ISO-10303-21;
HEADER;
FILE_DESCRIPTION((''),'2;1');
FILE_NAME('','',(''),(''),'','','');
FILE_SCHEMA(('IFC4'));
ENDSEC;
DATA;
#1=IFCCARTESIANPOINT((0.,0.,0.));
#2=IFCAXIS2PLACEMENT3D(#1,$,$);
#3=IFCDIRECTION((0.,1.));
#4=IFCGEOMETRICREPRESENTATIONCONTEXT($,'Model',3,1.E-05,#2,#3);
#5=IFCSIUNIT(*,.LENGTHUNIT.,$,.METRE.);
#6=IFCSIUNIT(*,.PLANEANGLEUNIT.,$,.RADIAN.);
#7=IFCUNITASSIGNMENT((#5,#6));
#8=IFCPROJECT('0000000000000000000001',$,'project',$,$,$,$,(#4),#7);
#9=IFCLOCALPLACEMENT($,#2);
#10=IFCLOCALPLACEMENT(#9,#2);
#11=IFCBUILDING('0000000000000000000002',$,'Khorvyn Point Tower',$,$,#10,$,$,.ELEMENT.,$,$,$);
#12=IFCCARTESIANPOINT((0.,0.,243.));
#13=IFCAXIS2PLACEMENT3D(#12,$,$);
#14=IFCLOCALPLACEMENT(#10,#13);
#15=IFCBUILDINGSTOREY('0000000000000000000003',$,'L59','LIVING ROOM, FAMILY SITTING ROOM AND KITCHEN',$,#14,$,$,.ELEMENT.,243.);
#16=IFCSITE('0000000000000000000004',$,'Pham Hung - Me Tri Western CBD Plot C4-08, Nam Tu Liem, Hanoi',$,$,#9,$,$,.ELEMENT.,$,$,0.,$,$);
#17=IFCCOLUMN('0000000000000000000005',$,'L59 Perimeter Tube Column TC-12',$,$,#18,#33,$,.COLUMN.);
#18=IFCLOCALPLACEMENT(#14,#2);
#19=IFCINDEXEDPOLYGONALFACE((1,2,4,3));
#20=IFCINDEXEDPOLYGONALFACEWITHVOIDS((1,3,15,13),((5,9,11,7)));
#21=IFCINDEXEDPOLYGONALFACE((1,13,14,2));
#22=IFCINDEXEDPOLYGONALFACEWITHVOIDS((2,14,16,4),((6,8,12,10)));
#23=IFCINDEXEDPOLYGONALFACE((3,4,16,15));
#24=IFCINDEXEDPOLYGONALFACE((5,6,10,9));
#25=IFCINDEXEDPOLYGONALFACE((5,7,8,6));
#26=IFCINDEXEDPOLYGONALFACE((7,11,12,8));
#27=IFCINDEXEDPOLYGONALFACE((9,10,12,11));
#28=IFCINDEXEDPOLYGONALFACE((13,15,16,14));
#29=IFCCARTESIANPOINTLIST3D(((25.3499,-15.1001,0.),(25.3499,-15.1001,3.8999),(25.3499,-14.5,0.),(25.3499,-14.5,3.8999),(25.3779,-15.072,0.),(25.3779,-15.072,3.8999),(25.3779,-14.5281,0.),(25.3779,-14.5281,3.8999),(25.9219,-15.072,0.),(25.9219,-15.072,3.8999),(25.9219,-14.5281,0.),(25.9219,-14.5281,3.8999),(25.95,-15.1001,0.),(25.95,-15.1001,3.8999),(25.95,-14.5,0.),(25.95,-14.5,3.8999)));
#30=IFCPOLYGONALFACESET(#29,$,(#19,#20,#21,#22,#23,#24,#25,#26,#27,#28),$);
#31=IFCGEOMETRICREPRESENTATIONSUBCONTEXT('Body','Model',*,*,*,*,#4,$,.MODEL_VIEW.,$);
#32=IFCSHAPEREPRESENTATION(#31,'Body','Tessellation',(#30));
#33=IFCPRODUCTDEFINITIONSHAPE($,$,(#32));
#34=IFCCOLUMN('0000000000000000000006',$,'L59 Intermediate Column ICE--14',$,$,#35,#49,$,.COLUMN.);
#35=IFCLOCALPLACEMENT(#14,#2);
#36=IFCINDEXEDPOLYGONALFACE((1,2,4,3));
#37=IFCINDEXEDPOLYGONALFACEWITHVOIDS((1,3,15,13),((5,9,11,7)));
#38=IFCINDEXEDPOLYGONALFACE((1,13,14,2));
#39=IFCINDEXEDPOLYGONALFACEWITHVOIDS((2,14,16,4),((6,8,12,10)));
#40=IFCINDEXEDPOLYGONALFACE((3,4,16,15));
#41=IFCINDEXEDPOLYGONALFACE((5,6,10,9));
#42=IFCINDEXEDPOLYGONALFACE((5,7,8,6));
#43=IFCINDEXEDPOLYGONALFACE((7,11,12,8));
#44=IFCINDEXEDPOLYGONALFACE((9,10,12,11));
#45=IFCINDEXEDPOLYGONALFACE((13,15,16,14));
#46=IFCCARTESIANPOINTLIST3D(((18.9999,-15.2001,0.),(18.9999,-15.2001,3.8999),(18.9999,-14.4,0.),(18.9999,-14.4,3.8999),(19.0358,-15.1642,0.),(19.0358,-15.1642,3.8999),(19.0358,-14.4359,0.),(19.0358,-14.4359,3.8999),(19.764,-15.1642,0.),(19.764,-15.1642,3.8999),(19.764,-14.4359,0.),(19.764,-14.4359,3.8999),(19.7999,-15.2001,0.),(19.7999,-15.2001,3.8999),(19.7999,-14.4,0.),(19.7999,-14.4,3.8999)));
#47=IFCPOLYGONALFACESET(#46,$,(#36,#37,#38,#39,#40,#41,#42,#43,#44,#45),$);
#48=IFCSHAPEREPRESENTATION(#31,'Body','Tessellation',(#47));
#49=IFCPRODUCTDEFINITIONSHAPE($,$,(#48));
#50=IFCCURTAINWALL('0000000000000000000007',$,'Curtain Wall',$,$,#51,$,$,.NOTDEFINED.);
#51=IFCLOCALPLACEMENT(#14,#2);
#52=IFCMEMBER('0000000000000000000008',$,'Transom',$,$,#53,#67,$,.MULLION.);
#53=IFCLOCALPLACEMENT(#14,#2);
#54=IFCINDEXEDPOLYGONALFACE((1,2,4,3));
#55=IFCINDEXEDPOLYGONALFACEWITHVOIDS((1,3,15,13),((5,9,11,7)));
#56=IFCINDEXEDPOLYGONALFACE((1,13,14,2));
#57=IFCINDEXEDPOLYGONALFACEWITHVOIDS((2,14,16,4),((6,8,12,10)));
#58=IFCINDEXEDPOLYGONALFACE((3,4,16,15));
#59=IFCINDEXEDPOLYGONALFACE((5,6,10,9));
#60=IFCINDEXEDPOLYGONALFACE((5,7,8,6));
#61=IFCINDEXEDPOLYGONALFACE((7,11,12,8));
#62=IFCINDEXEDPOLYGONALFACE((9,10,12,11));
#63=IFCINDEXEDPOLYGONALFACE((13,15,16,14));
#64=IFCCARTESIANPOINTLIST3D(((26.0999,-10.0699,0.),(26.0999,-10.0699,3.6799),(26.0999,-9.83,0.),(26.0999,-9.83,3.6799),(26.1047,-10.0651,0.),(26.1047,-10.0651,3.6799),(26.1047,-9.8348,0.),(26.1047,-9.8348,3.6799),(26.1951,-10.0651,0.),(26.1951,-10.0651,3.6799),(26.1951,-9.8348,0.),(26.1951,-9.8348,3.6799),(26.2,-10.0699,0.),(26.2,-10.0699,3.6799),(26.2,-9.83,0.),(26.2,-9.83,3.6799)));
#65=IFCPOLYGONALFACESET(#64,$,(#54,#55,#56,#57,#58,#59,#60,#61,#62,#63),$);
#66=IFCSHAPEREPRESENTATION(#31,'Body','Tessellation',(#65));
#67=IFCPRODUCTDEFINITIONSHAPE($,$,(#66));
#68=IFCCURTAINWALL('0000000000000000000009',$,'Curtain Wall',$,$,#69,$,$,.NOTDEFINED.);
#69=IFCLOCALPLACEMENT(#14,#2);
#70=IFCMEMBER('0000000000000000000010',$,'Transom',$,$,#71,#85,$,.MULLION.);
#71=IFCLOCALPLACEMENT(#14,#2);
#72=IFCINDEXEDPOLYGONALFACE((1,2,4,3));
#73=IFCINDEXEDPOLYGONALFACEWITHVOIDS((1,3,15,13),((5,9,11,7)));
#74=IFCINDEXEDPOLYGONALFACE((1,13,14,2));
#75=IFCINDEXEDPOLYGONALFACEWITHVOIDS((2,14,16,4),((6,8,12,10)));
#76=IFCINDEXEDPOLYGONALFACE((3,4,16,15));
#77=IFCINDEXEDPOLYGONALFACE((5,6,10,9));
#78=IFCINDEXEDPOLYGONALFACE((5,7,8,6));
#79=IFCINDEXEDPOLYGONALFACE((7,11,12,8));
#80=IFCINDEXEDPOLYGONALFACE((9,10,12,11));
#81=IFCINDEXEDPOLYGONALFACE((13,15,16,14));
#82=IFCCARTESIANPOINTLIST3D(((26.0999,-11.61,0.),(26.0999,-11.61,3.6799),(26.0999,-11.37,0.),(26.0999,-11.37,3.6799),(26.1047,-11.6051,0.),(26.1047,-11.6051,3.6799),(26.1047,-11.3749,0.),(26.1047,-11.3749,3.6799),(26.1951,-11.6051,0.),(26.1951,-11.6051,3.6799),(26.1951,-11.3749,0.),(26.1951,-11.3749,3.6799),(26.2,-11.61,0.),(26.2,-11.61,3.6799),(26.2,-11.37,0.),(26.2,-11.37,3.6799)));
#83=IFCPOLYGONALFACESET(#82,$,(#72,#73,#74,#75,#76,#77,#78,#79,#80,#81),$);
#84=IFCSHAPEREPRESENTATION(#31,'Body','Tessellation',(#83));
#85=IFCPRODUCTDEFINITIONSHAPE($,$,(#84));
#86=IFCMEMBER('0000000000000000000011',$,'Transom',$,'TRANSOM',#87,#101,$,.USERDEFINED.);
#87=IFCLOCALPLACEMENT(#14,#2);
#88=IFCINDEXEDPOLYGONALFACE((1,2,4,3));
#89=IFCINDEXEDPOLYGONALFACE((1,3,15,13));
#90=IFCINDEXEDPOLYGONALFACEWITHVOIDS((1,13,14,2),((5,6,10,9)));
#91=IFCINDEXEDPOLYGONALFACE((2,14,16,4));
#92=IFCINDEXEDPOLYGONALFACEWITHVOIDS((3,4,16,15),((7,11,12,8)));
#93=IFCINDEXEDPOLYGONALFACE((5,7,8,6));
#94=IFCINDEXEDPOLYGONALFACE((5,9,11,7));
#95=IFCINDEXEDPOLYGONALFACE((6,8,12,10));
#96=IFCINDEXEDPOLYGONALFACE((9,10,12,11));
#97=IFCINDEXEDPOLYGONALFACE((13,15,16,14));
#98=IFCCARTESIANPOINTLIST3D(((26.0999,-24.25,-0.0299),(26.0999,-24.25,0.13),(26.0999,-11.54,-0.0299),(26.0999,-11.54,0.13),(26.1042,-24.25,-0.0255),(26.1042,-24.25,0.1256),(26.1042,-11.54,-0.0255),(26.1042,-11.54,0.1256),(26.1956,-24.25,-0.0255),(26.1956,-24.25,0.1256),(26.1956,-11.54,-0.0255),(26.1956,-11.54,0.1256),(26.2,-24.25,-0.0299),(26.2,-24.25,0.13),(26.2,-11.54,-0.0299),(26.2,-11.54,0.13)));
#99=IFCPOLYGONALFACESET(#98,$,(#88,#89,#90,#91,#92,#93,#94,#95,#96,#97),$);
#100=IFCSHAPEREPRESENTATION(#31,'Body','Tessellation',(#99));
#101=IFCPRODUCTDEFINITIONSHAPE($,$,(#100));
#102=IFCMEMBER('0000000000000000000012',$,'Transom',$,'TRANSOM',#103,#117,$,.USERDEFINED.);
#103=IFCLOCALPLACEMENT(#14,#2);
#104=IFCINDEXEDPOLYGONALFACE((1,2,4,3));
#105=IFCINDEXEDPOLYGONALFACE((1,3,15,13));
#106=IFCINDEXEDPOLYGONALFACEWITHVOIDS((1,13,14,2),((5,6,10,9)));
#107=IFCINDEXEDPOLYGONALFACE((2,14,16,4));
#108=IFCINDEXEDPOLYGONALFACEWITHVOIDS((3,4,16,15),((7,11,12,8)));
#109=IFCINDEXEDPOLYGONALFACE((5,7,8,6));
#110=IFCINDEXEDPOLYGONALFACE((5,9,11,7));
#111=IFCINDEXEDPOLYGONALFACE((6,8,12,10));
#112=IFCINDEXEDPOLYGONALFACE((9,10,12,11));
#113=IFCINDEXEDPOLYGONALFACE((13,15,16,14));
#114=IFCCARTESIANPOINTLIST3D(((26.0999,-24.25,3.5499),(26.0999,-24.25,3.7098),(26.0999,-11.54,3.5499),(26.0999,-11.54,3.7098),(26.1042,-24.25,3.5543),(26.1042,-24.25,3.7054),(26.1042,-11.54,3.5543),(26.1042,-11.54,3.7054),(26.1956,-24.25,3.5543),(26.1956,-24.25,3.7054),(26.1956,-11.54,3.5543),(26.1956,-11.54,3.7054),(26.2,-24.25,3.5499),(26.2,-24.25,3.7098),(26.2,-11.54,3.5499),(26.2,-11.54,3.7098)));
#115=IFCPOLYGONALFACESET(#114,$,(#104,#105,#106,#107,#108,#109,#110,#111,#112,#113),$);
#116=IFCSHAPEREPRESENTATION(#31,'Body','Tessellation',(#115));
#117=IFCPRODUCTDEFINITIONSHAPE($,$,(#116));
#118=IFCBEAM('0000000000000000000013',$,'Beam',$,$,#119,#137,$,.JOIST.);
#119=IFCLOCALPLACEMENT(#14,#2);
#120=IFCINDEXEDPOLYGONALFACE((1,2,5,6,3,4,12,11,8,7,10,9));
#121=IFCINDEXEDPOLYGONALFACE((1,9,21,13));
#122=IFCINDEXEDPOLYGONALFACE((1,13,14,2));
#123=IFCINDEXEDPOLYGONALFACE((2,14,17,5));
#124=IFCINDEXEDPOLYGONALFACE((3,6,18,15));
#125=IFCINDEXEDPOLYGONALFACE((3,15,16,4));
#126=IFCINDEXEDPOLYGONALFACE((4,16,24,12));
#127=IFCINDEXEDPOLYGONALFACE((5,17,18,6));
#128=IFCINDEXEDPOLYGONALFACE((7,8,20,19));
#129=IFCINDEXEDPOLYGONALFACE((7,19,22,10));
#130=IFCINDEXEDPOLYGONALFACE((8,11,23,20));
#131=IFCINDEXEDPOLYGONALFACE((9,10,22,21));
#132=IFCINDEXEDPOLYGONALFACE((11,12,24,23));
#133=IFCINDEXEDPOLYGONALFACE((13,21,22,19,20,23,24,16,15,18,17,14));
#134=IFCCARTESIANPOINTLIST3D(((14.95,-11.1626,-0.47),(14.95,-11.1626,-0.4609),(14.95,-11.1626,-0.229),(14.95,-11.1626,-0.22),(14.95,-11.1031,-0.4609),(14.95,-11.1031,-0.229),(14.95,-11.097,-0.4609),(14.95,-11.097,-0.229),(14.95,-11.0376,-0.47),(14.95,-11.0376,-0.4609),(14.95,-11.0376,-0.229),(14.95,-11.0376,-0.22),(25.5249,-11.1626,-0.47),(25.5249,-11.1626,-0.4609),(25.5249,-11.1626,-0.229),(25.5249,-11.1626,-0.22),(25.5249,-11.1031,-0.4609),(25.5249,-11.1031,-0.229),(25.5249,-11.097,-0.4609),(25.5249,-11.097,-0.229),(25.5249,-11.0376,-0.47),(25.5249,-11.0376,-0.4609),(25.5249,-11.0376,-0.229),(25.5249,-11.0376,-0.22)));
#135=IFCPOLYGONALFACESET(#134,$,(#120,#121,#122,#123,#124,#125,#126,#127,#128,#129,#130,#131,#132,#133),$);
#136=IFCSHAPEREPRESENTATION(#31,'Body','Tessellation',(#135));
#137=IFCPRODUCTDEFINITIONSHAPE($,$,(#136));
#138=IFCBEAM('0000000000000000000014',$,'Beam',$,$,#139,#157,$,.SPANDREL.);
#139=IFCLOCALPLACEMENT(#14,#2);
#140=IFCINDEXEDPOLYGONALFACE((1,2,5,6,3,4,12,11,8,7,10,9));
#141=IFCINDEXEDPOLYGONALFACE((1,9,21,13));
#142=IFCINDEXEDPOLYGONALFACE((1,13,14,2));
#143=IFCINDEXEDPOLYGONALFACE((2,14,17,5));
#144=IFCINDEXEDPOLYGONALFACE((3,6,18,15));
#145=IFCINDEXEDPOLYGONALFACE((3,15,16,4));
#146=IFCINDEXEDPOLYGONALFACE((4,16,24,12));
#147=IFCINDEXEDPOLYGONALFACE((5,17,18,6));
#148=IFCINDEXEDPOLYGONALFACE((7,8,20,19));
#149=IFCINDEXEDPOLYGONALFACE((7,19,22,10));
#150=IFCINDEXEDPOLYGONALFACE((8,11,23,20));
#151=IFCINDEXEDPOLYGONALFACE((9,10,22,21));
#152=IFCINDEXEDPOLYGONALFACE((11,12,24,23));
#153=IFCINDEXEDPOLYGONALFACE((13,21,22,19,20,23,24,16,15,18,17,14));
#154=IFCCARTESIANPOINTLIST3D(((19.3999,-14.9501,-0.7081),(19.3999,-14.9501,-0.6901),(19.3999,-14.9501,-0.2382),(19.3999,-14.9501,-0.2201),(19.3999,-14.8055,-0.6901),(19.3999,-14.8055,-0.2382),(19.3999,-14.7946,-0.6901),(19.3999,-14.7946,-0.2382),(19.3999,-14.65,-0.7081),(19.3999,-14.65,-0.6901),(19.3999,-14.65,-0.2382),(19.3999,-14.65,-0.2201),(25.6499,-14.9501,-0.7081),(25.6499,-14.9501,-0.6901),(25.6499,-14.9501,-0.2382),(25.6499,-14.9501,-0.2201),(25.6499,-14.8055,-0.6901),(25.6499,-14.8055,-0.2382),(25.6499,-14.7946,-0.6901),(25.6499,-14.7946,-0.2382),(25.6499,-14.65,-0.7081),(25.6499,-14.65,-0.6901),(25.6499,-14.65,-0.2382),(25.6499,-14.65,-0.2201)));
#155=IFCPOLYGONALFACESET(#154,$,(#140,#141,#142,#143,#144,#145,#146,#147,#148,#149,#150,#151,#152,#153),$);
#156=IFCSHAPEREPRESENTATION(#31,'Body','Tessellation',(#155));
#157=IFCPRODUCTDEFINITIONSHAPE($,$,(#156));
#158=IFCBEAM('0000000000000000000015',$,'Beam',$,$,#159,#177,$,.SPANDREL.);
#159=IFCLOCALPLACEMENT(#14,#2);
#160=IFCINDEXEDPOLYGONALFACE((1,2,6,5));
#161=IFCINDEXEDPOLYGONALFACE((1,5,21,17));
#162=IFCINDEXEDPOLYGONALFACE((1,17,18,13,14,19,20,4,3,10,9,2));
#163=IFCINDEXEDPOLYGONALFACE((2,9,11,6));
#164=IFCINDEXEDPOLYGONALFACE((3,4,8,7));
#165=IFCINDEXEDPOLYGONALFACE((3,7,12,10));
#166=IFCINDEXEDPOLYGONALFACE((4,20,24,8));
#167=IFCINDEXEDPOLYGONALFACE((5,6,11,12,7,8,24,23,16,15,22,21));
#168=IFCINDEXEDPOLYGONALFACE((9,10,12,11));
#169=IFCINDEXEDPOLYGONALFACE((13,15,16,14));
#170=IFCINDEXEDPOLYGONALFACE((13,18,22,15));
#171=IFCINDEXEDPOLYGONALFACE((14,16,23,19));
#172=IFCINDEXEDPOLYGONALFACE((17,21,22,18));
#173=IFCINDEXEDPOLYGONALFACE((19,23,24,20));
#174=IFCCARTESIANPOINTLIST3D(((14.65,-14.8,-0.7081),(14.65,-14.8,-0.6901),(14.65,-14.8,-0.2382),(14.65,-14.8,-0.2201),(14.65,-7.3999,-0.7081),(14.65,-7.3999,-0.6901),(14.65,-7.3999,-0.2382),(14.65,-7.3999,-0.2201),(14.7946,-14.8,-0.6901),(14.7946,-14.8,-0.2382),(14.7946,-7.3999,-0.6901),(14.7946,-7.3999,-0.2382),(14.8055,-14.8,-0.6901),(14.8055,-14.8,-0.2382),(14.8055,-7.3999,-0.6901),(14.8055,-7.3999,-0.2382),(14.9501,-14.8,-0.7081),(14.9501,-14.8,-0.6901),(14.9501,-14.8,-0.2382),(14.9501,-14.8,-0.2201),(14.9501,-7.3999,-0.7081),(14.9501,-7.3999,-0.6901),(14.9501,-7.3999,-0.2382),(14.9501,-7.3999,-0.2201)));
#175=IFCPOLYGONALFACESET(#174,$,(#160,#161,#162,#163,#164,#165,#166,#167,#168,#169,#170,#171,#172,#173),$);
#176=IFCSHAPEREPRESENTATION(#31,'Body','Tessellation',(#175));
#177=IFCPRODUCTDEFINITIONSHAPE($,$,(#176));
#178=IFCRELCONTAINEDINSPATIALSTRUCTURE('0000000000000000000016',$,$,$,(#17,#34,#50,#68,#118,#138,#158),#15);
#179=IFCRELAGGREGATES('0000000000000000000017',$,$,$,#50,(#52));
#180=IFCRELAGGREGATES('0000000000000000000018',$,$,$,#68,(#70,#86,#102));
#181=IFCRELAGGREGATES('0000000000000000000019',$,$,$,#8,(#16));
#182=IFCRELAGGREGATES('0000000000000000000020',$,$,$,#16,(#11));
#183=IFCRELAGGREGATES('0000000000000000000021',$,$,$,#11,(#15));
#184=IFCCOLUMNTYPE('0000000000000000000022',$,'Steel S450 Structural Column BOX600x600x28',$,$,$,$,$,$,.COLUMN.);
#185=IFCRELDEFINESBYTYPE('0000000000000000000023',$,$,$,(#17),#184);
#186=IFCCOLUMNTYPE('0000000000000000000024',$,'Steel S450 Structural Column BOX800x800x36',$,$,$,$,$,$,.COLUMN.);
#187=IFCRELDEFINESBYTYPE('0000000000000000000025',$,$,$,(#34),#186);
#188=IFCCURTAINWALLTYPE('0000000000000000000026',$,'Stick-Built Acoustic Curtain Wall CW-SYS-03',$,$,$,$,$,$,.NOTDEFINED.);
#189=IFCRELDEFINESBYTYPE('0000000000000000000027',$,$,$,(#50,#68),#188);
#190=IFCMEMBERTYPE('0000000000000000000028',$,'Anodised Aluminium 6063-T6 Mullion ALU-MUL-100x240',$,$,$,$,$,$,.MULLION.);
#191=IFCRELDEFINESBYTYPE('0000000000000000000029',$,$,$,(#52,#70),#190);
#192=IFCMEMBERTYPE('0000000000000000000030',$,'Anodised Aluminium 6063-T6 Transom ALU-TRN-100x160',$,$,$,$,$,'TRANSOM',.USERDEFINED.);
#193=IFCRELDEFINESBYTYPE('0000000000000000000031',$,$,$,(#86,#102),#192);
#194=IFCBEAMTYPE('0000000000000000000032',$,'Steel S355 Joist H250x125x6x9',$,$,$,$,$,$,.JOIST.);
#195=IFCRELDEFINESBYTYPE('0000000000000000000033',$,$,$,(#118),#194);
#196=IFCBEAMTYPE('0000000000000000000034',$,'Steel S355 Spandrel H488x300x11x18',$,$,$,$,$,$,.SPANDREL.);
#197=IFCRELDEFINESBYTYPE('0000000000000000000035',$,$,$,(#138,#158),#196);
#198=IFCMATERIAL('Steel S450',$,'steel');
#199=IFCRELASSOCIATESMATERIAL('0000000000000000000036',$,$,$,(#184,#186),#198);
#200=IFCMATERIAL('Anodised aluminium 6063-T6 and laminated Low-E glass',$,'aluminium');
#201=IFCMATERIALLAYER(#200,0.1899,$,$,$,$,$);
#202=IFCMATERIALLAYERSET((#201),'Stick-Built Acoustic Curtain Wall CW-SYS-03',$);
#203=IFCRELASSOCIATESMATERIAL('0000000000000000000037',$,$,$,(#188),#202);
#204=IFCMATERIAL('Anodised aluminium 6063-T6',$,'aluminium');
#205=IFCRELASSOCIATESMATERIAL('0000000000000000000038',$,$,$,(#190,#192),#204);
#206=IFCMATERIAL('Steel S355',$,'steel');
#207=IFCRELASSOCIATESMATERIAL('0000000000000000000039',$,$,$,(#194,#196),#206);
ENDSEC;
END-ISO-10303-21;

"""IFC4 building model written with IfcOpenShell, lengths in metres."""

from ifc_helpers import new_model, si_unit, direction, frame, origin, origin_2d, place, context, subcontext, project, spatial, hollow_rectangle, i_section, extrude, material, layer, layer_set, material_profile, profile_set, type_object, element, aggregate, save


model = new_model("IFC4")

# Units and contexts
model_context = context("Model", 3, precision=1e-05, world=origin(), true_north=direction((0.0, 1.0)))
body_context = subcontext(model_context, "Body", "Model", "MODEL_VIEW")
ifc_project = project(units=[si_unit("LENGTHUNIT", "METRE"), si_unit("PLANEANGLEUNIT", "RADIAN")], contexts=[model_context])

# Site, building, storey
site_placement = place(None, origin())
site = spatial("IfcSite", under=ifc_project, at=site_placement, Name="Pham Hung - Me Tri Western CBD Plot C4-08, Nam Tu Liem, Hanoi", CompositionType="ELEMENT", RefElevation=0.0)
building_placement = place(site_placement, origin())
building = spatial("IfcBuilding", under=site, at=building_placement, Name="Khorvyn Point Tower", CompositionType="ELEMENT")
storey_placement = place(building_placement, frame((0.0, 0.0, 243.0)))
storey = spatial("IfcBuildingStorey", under=building, at=storey_placement, Name="L59", Description="LIVING ROOM, FAMILY SITTING ROOM AND KITCHEN", CompositionType="ELEMENT", Elevation=243.0)

# Columns
ifc_material_1 = material(Name="Steel S450", Category="steel")
ifc_material_profile_1 = material_profile(ifc_material_1, hollow_rectangle(XDim=0.6001, YDim=0.6001, WallThickness=0.0281, at=origin_2d()))
ifc_profile_set_1 = profile_set([ifc_material_profile_1], Name="Steel S450 BOX600x600x28")
column_type_1 = type_object("IfcColumnType", Name="Steel S450 Structural Column BOX600x600x28", PredefinedType="COLUMN", material=ifc_profile_set_1)
column_1_placement = place(storey_placement, frame((25.6499, -14.8, 0.0), z_axis=(0.0, 0.0, 1.0), x_axis=(1.0, 0.0, 0.0)))
element("IfcColumn", 1, at=column_1_placement, inside=storey, type_object=column_type_1, Name="L59 Perimeter Tube Column TC-12", PredefinedType="COLUMN", context=body_context, shape_type="SweptSolid", body=[
    extrude(hollow_rectangle(XDim=0.6001, YDim=0.6001, WallThickness=0.0281, at=origin_2d()), origin(), (0.0, 0.0, 1.0), 3.8999),
])
ifc_material_profile_2 = material_profile(ifc_material_1, hollow_rectangle(XDim=0.8, YDim=0.8, WallThickness=0.0359, at=origin_2d()))
ifc_profile_set_2 = profile_set([ifc_material_profile_2], Name="Steel S450 BOX800x800x36")
column_type_2 = type_object("IfcColumnType", Name="Steel S450 Structural Column BOX800x800x36", PredefinedType="COLUMN", material=ifc_profile_set_2)
column_2_placement = place(storey_placement, frame((19.3999, -14.8, 0.0), z_axis=(0.0, 0.0, 1.0), x_axis=(1.0, 0.0, 0.0)))
element("IfcColumn", 2, at=column_2_placement, inside=storey, type_object=column_type_2, Name="L59 Intermediate Column ICE--14", PredefinedType="COLUMN", context=body_context, shape_type="SweptSolid", body=[
    extrude(hollow_rectangle(XDim=0.8, YDim=0.8, WallThickness=0.0359, at=origin_2d()), origin(), (0.0, 0.0, 1.0), 3.8999),
])

# Curtain wall, member
ifc_material_2 = material(Name="Anodised aluminium 6063-T6 and laminated Low-E glass", Category="aluminium")
ifc_layer_1 = layer(ifc_material_2, 0.1899)
ifc_layer_set_1 = layer_set([ifc_layer_1], Name="Stick-Built Acoustic Curtain Wall CW-SYS-03")
curtain_wall_type = type_object("IfcCurtainWallType", Name="Stick-Built Acoustic Curtain Wall CW-SYS-03", PredefinedType="NOTDEFINED", material=ifc_layer_set_1)
curtain_wall_1_placement = place(storey_placement, origin())
curtain_wall_1 = element("IfcCurtainWall", 3, at=curtain_wall_1_placement, inside=storey, type_object=curtain_wall_type, Name="Curtain Wall", PredefinedType="NOTDEFINED")
ifc_material_3 = material(Name="Anodised aluminium 6063-T6", Category="aluminium")
ifc_material_profile_3 = material_profile(ifc_material_3, hollow_rectangle(XDim=0.1001, YDim=0.24, WallThickness=0.0049, at=origin_2d()))
ifc_profile_set_3 = profile_set([ifc_material_profile_3], Name="Anodised aluminium 6063-T6 ALU-MUL-100x240")
member_type_1 = type_object("IfcMemberType", Name="Anodised Aluminium 6063-T6 Mullion ALU-MUL-100x240", PredefinedType="MULLION", material=ifc_profile_set_3)
member_1_placement = place(storey_placement, frame((26.1499, -9.95, 0.0), z_axis=(0.0, 0.0, 1.0), x_axis=(1.0, 0.0, 0.0)))
member_1 = element("IfcMember", 4, at=member_1_placement, type_object=member_type_1, Name="Transom", PredefinedType="MULLION", context=body_context, shape_type="SweptSolid", body=[
    extrude(hollow_rectangle(XDim=0.1001, YDim=0.24, WallThickness=0.0049, at=origin_2d()), origin(), (0.0, 0.0, 1.0), 3.6799),
])

# Curtain wall, members
curtain_wall_2_placement = place(storey_placement, origin())
curtain_wall_2 = element("IfcCurtainWall", 5, at=curtain_wall_2_placement, inside=storey, type_object=curtain_wall_type, Name="Curtain Wall", PredefinedType="NOTDEFINED")
member_2_placement = place(storey_placement, frame((26.1499, -11.49, 0.0), z_axis=(0.0, 0.0, 1.0), x_axis=(1.0, 0.0, 0.0)))
member_2 = element("IfcMember", 6, at=member_2_placement, type_object=member_type_1, Name="Transom", PredefinedType="MULLION", context=body_context, shape_type="SweptSolid", body=[
    extrude(hollow_rectangle(XDim=0.1001, YDim=0.24, WallThickness=0.0049, at=origin_2d()), origin(), (0.0, 0.0, 1.0), 3.6799),
])
ifc_material_profile_4 = material_profile(ifc_material_3, hollow_rectangle(XDim=0.1001, YDim=0.1599, WallThickness=0.0044, at=origin_2d()))
ifc_profile_set_4 = profile_set([ifc_material_profile_4], Name="Anodised aluminium 6063-T6 ALU-TRN-100x160")
member_type_2 = type_object("IfcMemberType", Name="Anodised Aluminium 6063-T6 Transom ALU-TRN-100x160", ElementType="TRANSOM", PredefinedType="USERDEFINED", material=ifc_profile_set_4)
member_3_placement = place(storey_placement, frame((26.1499, -11.54, 0.05), z_axis=(0.0, -1.0, 0.0), x_axis=(1.0, 0.0, 0.0)))
member_3 = element("IfcMember", 7, at=member_3_placement, type_object=member_type_2, Name="Transom", ObjectType="TRANSOM", PredefinedType="USERDEFINED", context=body_context, shape_type="SweptSolid", body=[
    extrude(hollow_rectangle(XDim=0.1001, YDim=0.1599, WallThickness=0.0044, at=origin_2d()), origin(), (0.0, 0.0, 1.0), 12.71),
])
member_4_placement = place(storey_placement, frame((26.1499, -11.54, 3.6299), z_axis=(0.0, -1.0, 0.0), x_axis=(1.0, 0.0, 0.0)))
member_4 = element("IfcMember", 8, at=member_4_placement, type_object=member_type_2, Name="Transom", ObjectType="TRANSOM", PredefinedType="USERDEFINED", context=body_context, shape_type="SweptSolid", body=[
    extrude(hollow_rectangle(XDim=0.1001, YDim=0.1599, WallThickness=0.0044, at=origin_2d()), origin(), (0.0, 0.0, 1.0), 12.71),
])

# Beams
ifc_material_4 = material(Name="Steel S355", Category="steel")
ifc_material_profile_5 = material_profile(ifc_material_4, i_section(OverallWidth=0.125, OverallDepth=0.25, WebThickness=0.0061, FlangeThickness=0.009, at=origin_2d()))
ifc_profile_set_5 = profile_set([ifc_material_profile_5], Name="Steel S355 H250x125x6x9")
beam_type_1 = type_object("IfcBeamType", Name="Steel S355 Joist H250x125x6x9", PredefinedType="JOIST", material=ifc_profile_set_5)
beam_1_placement = place(storey_placement, frame((14.95, -11.1001, -0.345), z_axis=(1.0, 0.0, 0.0), x_axis=(0.0, 1.0, 0.0)))
element("IfcBeam", 9, at=beam_1_placement, inside=storey, type_object=beam_type_1, Name="Beam", PredefinedType="JOIST", context=body_context, shape_type="SweptSolid", body=[
    extrude(i_section(OverallWidth=0.125, OverallDepth=0.25, WebThickness=0.0061, FlangeThickness=0.009, at=origin_2d()), origin(), (0.0, 0.0, 1.0), 10.575),
])
ifc_material_profile_6 = material_profile(ifc_material_4, i_section(OverallWidth=0.3, OverallDepth=0.488, WebThickness=0.011, FlangeThickness=0.0181, at=origin_2d()))
ifc_profile_set_6 = profile_set([ifc_material_profile_6], Name="Steel S355 H488x300x11x18")
beam_type_2 = type_object("IfcBeamType", Name="Steel S355 Spandrel H488x300x11x18", PredefinedType="SPANDREL", material=ifc_profile_set_6)
beam_2_placement = place(storey_placement, frame((19.3999, -14.8, -0.4641), z_axis=(1.0, 0.0, 0.0), x_axis=(0.0, 1.0, 0.0)))
element("IfcBeam", 10, at=beam_2_placement, inside=storey, type_object=beam_type_2, Name="Beam", PredefinedType="SPANDREL", context=body_context, shape_type="SweptSolid", body=[
    extrude(i_section(OverallWidth=0.3, OverallDepth=0.488, WebThickness=0.011, FlangeThickness=0.0181, at=origin_2d()), origin(), (0.0, 0.0, 1.0), 6.25),
])
for number, where, z_axis, x_axis, name in (
    (11, (14.8, -14.8, -0.4641), (0.0, 1.0, 0.0), (-1.0, 0.0, 0.0), "Beam"),
):
    element("IfcBeam", number, at=place(storey_placement, frame(where, z_axis=z_axis, x_axis=x_axis)), inside=storey, type_object=beam_type_2, Name=name, PredefinedType="SPANDREL", context=body_context, shape_type="SweptSolid", body=[
        extrude(i_section(OverallWidth=0.3, OverallDepth=0.488, WebThickness=0.011, FlangeThickness=0.0181, at=origin_2d()), origin(), (0.0, 0.0, 1.0), 7.4001),
    ])

aggregate(curtain_wall_1, [member_1])
aggregate(curtain_wall_2, [member_2, member_3, member_4])

save(model, "model.ifc")
